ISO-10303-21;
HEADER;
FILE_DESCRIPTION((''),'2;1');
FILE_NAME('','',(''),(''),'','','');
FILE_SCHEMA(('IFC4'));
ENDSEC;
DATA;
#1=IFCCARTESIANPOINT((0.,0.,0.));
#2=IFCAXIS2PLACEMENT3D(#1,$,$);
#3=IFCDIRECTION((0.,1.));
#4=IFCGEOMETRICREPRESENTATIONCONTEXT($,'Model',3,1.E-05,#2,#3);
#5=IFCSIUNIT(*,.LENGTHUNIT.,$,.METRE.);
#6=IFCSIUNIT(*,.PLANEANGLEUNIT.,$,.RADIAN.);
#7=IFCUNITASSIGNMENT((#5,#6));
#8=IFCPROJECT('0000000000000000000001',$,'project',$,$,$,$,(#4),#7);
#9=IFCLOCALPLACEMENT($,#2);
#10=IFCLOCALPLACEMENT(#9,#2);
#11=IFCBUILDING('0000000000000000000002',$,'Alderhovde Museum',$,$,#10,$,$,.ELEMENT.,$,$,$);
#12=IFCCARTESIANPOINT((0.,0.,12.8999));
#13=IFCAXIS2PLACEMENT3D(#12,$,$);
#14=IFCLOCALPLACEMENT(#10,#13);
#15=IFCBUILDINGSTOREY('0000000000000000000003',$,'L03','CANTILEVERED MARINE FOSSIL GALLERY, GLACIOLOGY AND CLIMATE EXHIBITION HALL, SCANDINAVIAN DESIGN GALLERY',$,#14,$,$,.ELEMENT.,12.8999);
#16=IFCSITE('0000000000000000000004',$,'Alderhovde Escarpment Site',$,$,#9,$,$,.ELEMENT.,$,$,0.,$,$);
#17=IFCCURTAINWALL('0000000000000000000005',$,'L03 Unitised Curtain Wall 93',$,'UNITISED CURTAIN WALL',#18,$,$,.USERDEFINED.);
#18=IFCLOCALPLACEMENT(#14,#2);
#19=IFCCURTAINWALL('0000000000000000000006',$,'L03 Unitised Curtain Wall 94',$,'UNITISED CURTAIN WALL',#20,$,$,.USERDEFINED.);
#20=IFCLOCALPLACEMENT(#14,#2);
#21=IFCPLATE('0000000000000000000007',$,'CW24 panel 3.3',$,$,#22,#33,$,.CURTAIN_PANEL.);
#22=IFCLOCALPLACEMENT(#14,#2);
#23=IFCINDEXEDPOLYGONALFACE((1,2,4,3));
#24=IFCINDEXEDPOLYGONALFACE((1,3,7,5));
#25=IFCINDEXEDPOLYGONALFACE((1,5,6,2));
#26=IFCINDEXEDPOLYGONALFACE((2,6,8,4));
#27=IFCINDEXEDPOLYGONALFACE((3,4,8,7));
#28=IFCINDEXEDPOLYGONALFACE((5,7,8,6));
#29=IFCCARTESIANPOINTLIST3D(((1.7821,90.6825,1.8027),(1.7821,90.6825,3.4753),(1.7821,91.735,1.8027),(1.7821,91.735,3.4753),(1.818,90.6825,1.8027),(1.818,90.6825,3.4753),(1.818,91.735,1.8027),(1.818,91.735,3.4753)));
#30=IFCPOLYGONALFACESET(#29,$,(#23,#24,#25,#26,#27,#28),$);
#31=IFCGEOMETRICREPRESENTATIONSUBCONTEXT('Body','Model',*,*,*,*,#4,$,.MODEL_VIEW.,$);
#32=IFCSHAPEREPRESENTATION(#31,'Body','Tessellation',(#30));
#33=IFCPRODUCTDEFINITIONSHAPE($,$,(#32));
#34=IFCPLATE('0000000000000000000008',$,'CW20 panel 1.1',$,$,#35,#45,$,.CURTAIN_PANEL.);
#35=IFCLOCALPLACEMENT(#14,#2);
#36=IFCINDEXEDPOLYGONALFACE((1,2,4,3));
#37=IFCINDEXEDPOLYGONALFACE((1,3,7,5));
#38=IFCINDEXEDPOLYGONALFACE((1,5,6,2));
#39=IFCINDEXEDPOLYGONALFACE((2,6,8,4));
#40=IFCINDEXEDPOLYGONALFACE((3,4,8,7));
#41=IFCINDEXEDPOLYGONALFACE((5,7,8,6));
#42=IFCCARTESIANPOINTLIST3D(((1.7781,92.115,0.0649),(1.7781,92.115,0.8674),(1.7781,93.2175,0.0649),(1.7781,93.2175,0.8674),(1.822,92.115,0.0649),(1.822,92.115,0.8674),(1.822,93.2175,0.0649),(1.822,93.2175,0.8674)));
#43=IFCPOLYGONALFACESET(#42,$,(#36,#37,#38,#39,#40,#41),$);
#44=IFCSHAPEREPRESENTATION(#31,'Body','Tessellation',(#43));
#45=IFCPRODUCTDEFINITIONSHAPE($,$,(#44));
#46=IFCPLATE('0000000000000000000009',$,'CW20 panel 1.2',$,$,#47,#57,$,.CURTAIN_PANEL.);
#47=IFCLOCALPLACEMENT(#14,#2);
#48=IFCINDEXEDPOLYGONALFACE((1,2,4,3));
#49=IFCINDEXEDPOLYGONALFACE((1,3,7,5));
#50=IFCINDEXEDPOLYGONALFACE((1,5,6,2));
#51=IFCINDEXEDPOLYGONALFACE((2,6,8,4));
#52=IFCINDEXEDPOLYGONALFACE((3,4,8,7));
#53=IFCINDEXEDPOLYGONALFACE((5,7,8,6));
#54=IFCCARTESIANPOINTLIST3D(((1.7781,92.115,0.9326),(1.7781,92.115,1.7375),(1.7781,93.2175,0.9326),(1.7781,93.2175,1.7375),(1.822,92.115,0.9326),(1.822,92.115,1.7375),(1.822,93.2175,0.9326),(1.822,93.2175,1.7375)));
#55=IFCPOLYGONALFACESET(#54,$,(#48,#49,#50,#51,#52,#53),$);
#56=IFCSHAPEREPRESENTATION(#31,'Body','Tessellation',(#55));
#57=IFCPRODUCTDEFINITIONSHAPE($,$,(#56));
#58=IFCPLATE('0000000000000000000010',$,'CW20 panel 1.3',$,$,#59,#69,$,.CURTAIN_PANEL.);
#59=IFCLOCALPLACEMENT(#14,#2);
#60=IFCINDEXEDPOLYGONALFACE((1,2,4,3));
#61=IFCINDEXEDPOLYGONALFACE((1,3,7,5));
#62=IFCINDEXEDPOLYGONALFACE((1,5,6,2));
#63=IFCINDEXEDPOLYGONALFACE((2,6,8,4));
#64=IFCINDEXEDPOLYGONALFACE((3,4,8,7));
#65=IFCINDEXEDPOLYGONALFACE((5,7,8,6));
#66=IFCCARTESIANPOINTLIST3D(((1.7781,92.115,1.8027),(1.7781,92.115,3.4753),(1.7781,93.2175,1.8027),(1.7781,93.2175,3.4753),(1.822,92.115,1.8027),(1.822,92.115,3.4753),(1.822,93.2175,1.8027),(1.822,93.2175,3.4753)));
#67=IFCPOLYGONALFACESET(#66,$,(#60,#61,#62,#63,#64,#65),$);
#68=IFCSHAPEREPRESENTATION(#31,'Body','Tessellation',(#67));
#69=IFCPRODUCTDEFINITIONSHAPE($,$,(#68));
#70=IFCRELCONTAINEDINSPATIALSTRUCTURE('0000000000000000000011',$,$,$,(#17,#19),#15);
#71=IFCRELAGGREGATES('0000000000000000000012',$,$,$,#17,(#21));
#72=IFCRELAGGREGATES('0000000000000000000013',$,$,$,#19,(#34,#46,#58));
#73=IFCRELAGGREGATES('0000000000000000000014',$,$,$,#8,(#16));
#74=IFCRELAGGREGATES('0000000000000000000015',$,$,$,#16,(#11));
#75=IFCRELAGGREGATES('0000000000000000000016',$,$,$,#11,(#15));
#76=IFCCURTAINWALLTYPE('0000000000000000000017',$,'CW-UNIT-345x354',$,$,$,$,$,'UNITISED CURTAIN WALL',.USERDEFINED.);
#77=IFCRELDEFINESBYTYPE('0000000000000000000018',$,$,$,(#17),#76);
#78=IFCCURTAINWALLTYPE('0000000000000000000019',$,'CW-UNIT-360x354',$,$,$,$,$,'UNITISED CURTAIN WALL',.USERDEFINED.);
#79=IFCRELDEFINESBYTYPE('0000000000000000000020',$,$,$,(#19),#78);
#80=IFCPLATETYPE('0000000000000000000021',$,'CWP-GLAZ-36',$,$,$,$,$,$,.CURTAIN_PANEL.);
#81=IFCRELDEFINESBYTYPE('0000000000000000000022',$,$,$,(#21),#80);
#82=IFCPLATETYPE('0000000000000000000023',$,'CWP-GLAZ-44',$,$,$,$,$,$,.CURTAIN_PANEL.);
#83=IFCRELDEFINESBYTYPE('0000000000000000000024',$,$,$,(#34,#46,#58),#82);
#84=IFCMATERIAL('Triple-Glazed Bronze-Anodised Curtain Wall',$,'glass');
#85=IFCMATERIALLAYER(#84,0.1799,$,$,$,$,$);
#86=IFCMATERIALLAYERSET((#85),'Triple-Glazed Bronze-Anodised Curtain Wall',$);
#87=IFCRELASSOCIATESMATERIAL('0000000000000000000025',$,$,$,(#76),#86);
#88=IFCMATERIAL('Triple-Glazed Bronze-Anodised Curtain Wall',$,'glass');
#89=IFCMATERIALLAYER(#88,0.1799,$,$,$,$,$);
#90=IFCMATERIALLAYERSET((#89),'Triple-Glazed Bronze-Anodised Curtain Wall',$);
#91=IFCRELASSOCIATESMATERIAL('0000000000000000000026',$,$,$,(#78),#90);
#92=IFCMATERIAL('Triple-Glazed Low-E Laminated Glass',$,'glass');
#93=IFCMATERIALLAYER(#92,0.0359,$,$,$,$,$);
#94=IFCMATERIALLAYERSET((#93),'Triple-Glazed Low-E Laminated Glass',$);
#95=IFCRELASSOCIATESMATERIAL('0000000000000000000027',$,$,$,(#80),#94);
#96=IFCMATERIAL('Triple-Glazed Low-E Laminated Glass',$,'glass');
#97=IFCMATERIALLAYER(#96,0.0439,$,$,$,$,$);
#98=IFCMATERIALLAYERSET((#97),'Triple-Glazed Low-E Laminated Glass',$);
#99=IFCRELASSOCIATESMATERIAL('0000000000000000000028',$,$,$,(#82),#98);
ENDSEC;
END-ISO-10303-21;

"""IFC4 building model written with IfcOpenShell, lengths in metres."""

from ifc_helpers import new_model, si_unit, direction, frame, origin, origin_2d, place, context, subcontext, project, spatial, rectangle, extrude, material, layer, layer_set, type_object, element, aggregate, save


model = new_model("IFC4")

# Units and contexts
model_context = context("Model", 3, precision=1e-05, world=origin(), true_north=direction((0.0, 1.0)))
body_context = subcontext(model_context, "Body", "Model", "MODEL_VIEW")
ifc_project = project(units=[si_unit("LENGTHUNIT", "METRE"), si_unit("PLANEANGLEUNIT", "RADIAN")], contexts=[model_context])

# Site, building, storey
site_placement = place(None, origin())
site = spatial("IfcSite", under=ifc_project, at=site_placement, Name="Alderhovde Escarpment Site", CompositionType="ELEMENT", RefElevation=0.0)
building_placement = place(site_placement, origin())
building = spatial("IfcBuilding", under=site, at=building_placement, Name="Alderhovde Museum", CompositionType="ELEMENT")
storey_placement = place(building_placement, frame((0.0, 0.0, 12.8999)))
storey = spatial("IfcBuildingStorey", under=building, at=storey_placement, Name="L03", Description="CANTILEVERED MARINE FOSSIL GALLERY, GLACIOLOGY AND CLIMATE EXHIBITION HALL, SCANDINAVIAN DESIGN GALLERY", CompositionType="ELEMENT", Elevation=12.8999)

# Curtain walls
ifc_material_1 = material(Name="Triple-Glazed Bronze-Anodised Curtain Wall", Category="glass")
ifc_layer_1 = layer(ifc_material_1, 0.1799)
ifc_layer_set_1 = layer_set([ifc_layer_1], Name="Triple-Glazed Bronze-Anodised Curtain Wall")
curtain_wall_type_1 = type_object("IfcCurtainWallType", Name="CW-UNIT-345x354", ElementType="UNITISED CURTAIN WALL", PredefinedType="USERDEFINED", material=ifc_layer_set_1)
curtain_wall_1_placement = place(storey_placement, origin())
curtain_wall_1 = element("IfcCurtainWall", 1, at=curtain_wall_1_placement, inside=storey, type_object=curtain_wall_type_1, Name="L03 Unitised Curtain Wall 93", ObjectType="UNITISED CURTAIN WALL", PredefinedType="USERDEFINED")
ifc_material_2 = material(Name="Triple-Glazed Bronze-Anodised Curtain Wall", Category="glass")
ifc_layer_2 = layer(ifc_material_2, 0.1799)
ifc_layer_set_2 = layer_set([ifc_layer_2], Name="Triple-Glazed Bronze-Anodised Curtain Wall")
curtain_wall_type_2 = type_object("IfcCurtainWallType", Name="CW-UNIT-360x354", ElementType="UNITISED CURTAIN WALL", PredefinedType="USERDEFINED", material=ifc_layer_set_2)
curtain_wall_2_placement = place(storey_placement, origin())
curtain_wall_2 = element("IfcCurtainWall", 2, at=curtain_wall_2_placement, inside=storey, type_object=curtain_wall_type_2, Name="L03 Unitised Curtain Wall 94", ObjectType="UNITISED CURTAIN WALL", PredefinedType="USERDEFINED")

# Plates
ifc_material_3 = material(Name="Triple-Glazed Low-E Laminated Glass", Category="glass")
ifc_layer_3 = layer(ifc_material_3, 0.0359)
ifc_layer_set_3 = layer_set([ifc_layer_3], Name="Triple-Glazed Low-E Laminated Glass")
plate_type_1 = type_object("IfcPlateType", Name="CWP-GLAZ-36", PredefinedType="CURTAIN_PANEL", material=ifc_layer_set_3)
plate_1_placement = place(storey_placement, frame((1.8, 91.2087, 1.8027), z_axis=(0.0, 0.0, 1.0), x_axis=(0.0, 1.0, 0.0)))
plate_1 = element("IfcPlate", 3, at=plate_1_placement, type_object=plate_type_1, Name="CW24 panel 3.3", PredefinedType="CURTAIN_PANEL", context=body_context, shape_type="SweptSolid", body=[
    extrude(rectangle(XDim=1.0525, YDim=0.0359, at=origin_2d()), origin(), (0.0, 0.0, 1.0), 1.6726),
])
aggregate(curtain_wall_1, [plate_1])
ifc_material_4 = material(Name="Triple-Glazed Low-E Laminated Glass", Category="glass")
ifc_layer_4 = layer(ifc_material_4, 0.0439)
ifc_layer_set_4 = layer_set([ifc_layer_4], Name="Triple-Glazed Low-E Laminated Glass")
plate_type_2 = type_object("IfcPlateType", Name="CWP-GLAZ-44", PredefinedType="CURTAIN_PANEL", material=ifc_layer_set_4)
plate_2_placement = place(storey_placement, frame((1.8, 92.6663, 0.0649), z_axis=(0.0, 0.0, 1.0), x_axis=(0.0, 1.0, 0.0)))
plate_2 = element("IfcPlate", 4, at=plate_2_placement, type_object=plate_type_2, Name="CW20 panel 1.1", PredefinedType="CURTAIN_PANEL", context=body_context, shape_type="SweptSolid", body=[
    extrude(rectangle(XDim=1.1025, YDim=0.0439, at=origin_2d()), origin(), (0.0, 0.0, 1.0), 0.8025),
])
plate_3_placement = place(storey_placement, frame((1.8, 92.6663, 0.9326), z_axis=(0.0, 0.0, 1.0), x_axis=(0.0, 1.0, 0.0)))
plate_3 = element("IfcPlate", 5, at=plate_3_placement, type_object=plate_type_2, Name="CW20 panel 1.2", PredefinedType="CURTAIN_PANEL", context=body_context, shape_type="SweptSolid", body=[
    extrude(rectangle(XDim=1.1025, YDim=0.0439, at=origin_2d()), origin(), (0.0, 0.0, 1.0), 0.8049),
])
plate_4_placement = place(storey_placement, frame((1.8, 92.6663, 1.8027), z_axis=(0.0, 0.0, 1.0), x_axis=(0.0, 1.0, 0.0)))
plate_4 = element("IfcPlate", 6, at=plate_4_placement, type_object=plate_type_2, Name="CW20 panel 1.3", PredefinedType="CURTAIN_PANEL", context=body_context, shape_type="SweptSolid", body=[
    extrude(rectangle(XDim=1.1025, YDim=0.0439, at=origin_2d()), origin(), (0.0, 0.0, 1.0), 1.6726),
])
aggregate(curtain_wall_2, [plate_2, plate_3, plate_4])

save(model, "model.ifc")
